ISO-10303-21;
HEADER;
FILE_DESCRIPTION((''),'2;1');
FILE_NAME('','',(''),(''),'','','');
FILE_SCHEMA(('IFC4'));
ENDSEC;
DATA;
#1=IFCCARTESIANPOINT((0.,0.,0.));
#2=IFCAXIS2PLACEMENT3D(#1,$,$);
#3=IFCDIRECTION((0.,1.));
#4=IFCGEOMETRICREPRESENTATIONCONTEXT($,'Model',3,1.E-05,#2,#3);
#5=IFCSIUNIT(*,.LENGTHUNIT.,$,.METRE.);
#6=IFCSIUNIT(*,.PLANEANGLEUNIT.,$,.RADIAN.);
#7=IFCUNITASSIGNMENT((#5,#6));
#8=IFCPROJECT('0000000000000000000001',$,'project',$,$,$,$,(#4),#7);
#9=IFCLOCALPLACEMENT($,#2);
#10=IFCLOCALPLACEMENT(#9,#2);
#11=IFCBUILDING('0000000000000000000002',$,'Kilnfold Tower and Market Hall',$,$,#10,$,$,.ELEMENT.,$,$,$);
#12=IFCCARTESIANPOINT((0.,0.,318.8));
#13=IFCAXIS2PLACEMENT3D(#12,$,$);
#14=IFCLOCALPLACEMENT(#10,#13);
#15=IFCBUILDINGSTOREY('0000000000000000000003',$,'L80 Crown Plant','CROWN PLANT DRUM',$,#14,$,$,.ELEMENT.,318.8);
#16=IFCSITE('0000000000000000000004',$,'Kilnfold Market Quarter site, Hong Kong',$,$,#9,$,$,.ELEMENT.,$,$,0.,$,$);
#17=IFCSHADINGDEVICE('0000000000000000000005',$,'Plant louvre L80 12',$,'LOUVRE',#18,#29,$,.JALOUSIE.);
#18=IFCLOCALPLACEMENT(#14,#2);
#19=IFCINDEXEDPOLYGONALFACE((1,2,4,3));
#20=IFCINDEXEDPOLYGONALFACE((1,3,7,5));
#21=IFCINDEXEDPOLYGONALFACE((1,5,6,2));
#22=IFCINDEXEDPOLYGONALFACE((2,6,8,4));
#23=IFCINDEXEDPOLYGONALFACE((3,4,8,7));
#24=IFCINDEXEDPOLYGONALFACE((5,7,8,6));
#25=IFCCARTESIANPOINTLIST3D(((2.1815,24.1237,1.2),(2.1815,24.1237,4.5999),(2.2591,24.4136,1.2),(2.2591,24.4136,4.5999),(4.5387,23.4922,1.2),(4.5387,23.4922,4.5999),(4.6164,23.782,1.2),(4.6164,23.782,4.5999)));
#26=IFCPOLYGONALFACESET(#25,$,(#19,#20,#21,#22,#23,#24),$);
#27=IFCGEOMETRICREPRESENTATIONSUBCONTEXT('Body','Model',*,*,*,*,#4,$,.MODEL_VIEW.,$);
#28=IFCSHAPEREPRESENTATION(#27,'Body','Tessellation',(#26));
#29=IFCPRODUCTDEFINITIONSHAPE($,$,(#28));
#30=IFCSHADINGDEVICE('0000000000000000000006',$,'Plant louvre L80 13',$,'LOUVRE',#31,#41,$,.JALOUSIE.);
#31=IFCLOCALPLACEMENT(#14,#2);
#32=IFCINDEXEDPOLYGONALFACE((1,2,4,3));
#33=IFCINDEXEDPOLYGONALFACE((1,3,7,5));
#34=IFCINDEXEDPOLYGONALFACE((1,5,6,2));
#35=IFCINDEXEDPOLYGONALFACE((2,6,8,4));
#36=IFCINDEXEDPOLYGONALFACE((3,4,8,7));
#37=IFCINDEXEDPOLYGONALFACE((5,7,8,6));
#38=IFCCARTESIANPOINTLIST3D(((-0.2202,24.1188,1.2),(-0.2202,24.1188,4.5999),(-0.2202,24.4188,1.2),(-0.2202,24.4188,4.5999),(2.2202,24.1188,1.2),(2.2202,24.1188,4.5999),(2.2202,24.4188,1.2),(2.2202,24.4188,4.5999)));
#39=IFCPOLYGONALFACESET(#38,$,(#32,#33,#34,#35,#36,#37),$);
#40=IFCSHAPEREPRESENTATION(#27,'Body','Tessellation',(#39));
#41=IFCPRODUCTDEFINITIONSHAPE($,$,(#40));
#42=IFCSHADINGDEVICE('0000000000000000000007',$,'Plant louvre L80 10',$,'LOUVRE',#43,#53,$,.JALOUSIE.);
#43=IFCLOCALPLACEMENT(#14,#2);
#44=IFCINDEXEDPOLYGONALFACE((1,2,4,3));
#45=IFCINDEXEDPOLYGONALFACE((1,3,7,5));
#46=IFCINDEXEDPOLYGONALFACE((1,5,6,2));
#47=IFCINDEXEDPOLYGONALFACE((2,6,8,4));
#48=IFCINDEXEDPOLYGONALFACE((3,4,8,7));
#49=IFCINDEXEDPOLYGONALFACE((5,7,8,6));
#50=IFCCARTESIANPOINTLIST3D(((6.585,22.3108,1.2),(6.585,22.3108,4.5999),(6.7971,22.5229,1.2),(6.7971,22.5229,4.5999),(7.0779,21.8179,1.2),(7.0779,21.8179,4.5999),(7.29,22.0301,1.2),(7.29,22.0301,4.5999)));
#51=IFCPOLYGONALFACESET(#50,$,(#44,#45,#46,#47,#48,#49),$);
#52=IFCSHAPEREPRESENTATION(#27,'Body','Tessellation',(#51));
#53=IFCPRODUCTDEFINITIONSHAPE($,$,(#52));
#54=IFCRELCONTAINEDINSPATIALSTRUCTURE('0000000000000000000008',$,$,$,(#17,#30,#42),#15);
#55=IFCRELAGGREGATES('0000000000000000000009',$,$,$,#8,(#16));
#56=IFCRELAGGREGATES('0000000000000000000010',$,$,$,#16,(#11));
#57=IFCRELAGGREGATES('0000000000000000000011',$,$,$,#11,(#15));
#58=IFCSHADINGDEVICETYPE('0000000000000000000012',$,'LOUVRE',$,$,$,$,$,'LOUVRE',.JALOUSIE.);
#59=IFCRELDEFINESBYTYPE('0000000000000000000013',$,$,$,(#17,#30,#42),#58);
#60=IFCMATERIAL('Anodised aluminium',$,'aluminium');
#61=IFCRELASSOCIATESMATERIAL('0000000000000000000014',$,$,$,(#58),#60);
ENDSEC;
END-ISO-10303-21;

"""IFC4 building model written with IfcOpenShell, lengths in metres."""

from ifc_helpers import new_model, si_unit, direction, frame, origin, origin_2d, place, context, subcontext, project, spatial, rectangle, extrude, source, transform, mapped, material, type_object, element, save


model = new_model("IFC4")

# Units and contexts
model_context = context("Model", 3, precision=1e-05, world=origin(), true_north=direction((0.0, 1.0)))
body_context = subcontext(model_context, "Body", "Model", "MODEL_VIEW")
ifc_project = project(units=[si_unit("LENGTHUNIT", "METRE"), si_unit("PLANEANGLEUNIT", "RADIAN")], contexts=[model_context])

# Site, building, storey
site_placement = place(None, origin())
site = spatial("IfcSite", under=ifc_project, at=site_placement, Name="Kilnfold Market Quarter site, Hong Kong", CompositionType="ELEMENT", RefElevation=0.0)
building_placement = place(site_placement, origin())
building = spatial("IfcBuilding", under=site, at=building_placement, Name="Kilnfold Tower and Market Hall", CompositionType="ELEMENT")
storey_placement = place(building_placement, frame((0.0, 0.0, 318.8)))
storey = spatial("IfcBuildingStorey", under=building, at=storey_placement, Name="L80 Crown Plant", Description="CROWN PLANT DRUM", CompositionType="ELEMENT", Elevation=318.8)

# Shading devices
ifc_material_1 = material(Name="Anodised aluminium", Category="aluminium")
shading_device_type = type_object("IfcShadingDeviceType", Name="LOUVRE", ElementType="LOUVRE", PredefinedType="JALOUSIE", material=ifc_material_1)
shared_shape_1 = source(origin(), body_context, "Body", "SweptSolid", [
    extrude(rectangle(XDim=2.4404, YDim=0.3, at=origin_2d()), origin(), (0.0, 0.0, 1.0), 3.3999),
])
for number, where, z_axis, x_axis, name in (
    (1, (3.3989, 23.9529, 1.2), (0.0, 0.0, 1.0), (-0.965933, 0.258792, 0.0), "Plant louvre L80 12"),
    (2, (1.0, 24.2688, 1.2), (0.0, 0.0, 1.0), (-1.0, 0.0, 0.0), "Plant louvre L80 13"),
):
    element("IfcShadingDevice", number, at=place(storey_placement, frame(where, z_axis=z_axis, x_axis=x_axis)), inside=storey, type_object=shading_device_type, Name=name, ObjectType="LOUVRE", PredefinedType="JALOUSIE", context=body_context, shape_type="MappedRepresentation", body=[
        mapped(shared_shape_1, transform((0.0, 0.0, 0.0))),
    ])
shared_shape_2 = source(origin(), body_context, "Body", "SweptSolid", [
    extrude(rectangle(XDim=0.697, YDim=0.3, at=origin_2d()), origin(), (0.0, 0.0, 1.0), 3.3999),
])
shading_device_placement = place(storey_placement, frame((6.9375, 22.1704, 1.2), z_axis=(0.0, 0.0, 1.0), x_axis=(-0.707107, 0.707107, 0.0)))
element("IfcShadingDevice", 3, at=shading_device_placement, inside=storey, type_object=shading_device_type, Name="Plant louvre L80 10", ObjectType="LOUVRE", PredefinedType="JALOUSIE", context=body_context, shape_type="MappedRepresentation", body=[
    mapped(shared_shape_2, transform((0.0, 0.0, 0.0))),
])

save(model, "model.ifc")
